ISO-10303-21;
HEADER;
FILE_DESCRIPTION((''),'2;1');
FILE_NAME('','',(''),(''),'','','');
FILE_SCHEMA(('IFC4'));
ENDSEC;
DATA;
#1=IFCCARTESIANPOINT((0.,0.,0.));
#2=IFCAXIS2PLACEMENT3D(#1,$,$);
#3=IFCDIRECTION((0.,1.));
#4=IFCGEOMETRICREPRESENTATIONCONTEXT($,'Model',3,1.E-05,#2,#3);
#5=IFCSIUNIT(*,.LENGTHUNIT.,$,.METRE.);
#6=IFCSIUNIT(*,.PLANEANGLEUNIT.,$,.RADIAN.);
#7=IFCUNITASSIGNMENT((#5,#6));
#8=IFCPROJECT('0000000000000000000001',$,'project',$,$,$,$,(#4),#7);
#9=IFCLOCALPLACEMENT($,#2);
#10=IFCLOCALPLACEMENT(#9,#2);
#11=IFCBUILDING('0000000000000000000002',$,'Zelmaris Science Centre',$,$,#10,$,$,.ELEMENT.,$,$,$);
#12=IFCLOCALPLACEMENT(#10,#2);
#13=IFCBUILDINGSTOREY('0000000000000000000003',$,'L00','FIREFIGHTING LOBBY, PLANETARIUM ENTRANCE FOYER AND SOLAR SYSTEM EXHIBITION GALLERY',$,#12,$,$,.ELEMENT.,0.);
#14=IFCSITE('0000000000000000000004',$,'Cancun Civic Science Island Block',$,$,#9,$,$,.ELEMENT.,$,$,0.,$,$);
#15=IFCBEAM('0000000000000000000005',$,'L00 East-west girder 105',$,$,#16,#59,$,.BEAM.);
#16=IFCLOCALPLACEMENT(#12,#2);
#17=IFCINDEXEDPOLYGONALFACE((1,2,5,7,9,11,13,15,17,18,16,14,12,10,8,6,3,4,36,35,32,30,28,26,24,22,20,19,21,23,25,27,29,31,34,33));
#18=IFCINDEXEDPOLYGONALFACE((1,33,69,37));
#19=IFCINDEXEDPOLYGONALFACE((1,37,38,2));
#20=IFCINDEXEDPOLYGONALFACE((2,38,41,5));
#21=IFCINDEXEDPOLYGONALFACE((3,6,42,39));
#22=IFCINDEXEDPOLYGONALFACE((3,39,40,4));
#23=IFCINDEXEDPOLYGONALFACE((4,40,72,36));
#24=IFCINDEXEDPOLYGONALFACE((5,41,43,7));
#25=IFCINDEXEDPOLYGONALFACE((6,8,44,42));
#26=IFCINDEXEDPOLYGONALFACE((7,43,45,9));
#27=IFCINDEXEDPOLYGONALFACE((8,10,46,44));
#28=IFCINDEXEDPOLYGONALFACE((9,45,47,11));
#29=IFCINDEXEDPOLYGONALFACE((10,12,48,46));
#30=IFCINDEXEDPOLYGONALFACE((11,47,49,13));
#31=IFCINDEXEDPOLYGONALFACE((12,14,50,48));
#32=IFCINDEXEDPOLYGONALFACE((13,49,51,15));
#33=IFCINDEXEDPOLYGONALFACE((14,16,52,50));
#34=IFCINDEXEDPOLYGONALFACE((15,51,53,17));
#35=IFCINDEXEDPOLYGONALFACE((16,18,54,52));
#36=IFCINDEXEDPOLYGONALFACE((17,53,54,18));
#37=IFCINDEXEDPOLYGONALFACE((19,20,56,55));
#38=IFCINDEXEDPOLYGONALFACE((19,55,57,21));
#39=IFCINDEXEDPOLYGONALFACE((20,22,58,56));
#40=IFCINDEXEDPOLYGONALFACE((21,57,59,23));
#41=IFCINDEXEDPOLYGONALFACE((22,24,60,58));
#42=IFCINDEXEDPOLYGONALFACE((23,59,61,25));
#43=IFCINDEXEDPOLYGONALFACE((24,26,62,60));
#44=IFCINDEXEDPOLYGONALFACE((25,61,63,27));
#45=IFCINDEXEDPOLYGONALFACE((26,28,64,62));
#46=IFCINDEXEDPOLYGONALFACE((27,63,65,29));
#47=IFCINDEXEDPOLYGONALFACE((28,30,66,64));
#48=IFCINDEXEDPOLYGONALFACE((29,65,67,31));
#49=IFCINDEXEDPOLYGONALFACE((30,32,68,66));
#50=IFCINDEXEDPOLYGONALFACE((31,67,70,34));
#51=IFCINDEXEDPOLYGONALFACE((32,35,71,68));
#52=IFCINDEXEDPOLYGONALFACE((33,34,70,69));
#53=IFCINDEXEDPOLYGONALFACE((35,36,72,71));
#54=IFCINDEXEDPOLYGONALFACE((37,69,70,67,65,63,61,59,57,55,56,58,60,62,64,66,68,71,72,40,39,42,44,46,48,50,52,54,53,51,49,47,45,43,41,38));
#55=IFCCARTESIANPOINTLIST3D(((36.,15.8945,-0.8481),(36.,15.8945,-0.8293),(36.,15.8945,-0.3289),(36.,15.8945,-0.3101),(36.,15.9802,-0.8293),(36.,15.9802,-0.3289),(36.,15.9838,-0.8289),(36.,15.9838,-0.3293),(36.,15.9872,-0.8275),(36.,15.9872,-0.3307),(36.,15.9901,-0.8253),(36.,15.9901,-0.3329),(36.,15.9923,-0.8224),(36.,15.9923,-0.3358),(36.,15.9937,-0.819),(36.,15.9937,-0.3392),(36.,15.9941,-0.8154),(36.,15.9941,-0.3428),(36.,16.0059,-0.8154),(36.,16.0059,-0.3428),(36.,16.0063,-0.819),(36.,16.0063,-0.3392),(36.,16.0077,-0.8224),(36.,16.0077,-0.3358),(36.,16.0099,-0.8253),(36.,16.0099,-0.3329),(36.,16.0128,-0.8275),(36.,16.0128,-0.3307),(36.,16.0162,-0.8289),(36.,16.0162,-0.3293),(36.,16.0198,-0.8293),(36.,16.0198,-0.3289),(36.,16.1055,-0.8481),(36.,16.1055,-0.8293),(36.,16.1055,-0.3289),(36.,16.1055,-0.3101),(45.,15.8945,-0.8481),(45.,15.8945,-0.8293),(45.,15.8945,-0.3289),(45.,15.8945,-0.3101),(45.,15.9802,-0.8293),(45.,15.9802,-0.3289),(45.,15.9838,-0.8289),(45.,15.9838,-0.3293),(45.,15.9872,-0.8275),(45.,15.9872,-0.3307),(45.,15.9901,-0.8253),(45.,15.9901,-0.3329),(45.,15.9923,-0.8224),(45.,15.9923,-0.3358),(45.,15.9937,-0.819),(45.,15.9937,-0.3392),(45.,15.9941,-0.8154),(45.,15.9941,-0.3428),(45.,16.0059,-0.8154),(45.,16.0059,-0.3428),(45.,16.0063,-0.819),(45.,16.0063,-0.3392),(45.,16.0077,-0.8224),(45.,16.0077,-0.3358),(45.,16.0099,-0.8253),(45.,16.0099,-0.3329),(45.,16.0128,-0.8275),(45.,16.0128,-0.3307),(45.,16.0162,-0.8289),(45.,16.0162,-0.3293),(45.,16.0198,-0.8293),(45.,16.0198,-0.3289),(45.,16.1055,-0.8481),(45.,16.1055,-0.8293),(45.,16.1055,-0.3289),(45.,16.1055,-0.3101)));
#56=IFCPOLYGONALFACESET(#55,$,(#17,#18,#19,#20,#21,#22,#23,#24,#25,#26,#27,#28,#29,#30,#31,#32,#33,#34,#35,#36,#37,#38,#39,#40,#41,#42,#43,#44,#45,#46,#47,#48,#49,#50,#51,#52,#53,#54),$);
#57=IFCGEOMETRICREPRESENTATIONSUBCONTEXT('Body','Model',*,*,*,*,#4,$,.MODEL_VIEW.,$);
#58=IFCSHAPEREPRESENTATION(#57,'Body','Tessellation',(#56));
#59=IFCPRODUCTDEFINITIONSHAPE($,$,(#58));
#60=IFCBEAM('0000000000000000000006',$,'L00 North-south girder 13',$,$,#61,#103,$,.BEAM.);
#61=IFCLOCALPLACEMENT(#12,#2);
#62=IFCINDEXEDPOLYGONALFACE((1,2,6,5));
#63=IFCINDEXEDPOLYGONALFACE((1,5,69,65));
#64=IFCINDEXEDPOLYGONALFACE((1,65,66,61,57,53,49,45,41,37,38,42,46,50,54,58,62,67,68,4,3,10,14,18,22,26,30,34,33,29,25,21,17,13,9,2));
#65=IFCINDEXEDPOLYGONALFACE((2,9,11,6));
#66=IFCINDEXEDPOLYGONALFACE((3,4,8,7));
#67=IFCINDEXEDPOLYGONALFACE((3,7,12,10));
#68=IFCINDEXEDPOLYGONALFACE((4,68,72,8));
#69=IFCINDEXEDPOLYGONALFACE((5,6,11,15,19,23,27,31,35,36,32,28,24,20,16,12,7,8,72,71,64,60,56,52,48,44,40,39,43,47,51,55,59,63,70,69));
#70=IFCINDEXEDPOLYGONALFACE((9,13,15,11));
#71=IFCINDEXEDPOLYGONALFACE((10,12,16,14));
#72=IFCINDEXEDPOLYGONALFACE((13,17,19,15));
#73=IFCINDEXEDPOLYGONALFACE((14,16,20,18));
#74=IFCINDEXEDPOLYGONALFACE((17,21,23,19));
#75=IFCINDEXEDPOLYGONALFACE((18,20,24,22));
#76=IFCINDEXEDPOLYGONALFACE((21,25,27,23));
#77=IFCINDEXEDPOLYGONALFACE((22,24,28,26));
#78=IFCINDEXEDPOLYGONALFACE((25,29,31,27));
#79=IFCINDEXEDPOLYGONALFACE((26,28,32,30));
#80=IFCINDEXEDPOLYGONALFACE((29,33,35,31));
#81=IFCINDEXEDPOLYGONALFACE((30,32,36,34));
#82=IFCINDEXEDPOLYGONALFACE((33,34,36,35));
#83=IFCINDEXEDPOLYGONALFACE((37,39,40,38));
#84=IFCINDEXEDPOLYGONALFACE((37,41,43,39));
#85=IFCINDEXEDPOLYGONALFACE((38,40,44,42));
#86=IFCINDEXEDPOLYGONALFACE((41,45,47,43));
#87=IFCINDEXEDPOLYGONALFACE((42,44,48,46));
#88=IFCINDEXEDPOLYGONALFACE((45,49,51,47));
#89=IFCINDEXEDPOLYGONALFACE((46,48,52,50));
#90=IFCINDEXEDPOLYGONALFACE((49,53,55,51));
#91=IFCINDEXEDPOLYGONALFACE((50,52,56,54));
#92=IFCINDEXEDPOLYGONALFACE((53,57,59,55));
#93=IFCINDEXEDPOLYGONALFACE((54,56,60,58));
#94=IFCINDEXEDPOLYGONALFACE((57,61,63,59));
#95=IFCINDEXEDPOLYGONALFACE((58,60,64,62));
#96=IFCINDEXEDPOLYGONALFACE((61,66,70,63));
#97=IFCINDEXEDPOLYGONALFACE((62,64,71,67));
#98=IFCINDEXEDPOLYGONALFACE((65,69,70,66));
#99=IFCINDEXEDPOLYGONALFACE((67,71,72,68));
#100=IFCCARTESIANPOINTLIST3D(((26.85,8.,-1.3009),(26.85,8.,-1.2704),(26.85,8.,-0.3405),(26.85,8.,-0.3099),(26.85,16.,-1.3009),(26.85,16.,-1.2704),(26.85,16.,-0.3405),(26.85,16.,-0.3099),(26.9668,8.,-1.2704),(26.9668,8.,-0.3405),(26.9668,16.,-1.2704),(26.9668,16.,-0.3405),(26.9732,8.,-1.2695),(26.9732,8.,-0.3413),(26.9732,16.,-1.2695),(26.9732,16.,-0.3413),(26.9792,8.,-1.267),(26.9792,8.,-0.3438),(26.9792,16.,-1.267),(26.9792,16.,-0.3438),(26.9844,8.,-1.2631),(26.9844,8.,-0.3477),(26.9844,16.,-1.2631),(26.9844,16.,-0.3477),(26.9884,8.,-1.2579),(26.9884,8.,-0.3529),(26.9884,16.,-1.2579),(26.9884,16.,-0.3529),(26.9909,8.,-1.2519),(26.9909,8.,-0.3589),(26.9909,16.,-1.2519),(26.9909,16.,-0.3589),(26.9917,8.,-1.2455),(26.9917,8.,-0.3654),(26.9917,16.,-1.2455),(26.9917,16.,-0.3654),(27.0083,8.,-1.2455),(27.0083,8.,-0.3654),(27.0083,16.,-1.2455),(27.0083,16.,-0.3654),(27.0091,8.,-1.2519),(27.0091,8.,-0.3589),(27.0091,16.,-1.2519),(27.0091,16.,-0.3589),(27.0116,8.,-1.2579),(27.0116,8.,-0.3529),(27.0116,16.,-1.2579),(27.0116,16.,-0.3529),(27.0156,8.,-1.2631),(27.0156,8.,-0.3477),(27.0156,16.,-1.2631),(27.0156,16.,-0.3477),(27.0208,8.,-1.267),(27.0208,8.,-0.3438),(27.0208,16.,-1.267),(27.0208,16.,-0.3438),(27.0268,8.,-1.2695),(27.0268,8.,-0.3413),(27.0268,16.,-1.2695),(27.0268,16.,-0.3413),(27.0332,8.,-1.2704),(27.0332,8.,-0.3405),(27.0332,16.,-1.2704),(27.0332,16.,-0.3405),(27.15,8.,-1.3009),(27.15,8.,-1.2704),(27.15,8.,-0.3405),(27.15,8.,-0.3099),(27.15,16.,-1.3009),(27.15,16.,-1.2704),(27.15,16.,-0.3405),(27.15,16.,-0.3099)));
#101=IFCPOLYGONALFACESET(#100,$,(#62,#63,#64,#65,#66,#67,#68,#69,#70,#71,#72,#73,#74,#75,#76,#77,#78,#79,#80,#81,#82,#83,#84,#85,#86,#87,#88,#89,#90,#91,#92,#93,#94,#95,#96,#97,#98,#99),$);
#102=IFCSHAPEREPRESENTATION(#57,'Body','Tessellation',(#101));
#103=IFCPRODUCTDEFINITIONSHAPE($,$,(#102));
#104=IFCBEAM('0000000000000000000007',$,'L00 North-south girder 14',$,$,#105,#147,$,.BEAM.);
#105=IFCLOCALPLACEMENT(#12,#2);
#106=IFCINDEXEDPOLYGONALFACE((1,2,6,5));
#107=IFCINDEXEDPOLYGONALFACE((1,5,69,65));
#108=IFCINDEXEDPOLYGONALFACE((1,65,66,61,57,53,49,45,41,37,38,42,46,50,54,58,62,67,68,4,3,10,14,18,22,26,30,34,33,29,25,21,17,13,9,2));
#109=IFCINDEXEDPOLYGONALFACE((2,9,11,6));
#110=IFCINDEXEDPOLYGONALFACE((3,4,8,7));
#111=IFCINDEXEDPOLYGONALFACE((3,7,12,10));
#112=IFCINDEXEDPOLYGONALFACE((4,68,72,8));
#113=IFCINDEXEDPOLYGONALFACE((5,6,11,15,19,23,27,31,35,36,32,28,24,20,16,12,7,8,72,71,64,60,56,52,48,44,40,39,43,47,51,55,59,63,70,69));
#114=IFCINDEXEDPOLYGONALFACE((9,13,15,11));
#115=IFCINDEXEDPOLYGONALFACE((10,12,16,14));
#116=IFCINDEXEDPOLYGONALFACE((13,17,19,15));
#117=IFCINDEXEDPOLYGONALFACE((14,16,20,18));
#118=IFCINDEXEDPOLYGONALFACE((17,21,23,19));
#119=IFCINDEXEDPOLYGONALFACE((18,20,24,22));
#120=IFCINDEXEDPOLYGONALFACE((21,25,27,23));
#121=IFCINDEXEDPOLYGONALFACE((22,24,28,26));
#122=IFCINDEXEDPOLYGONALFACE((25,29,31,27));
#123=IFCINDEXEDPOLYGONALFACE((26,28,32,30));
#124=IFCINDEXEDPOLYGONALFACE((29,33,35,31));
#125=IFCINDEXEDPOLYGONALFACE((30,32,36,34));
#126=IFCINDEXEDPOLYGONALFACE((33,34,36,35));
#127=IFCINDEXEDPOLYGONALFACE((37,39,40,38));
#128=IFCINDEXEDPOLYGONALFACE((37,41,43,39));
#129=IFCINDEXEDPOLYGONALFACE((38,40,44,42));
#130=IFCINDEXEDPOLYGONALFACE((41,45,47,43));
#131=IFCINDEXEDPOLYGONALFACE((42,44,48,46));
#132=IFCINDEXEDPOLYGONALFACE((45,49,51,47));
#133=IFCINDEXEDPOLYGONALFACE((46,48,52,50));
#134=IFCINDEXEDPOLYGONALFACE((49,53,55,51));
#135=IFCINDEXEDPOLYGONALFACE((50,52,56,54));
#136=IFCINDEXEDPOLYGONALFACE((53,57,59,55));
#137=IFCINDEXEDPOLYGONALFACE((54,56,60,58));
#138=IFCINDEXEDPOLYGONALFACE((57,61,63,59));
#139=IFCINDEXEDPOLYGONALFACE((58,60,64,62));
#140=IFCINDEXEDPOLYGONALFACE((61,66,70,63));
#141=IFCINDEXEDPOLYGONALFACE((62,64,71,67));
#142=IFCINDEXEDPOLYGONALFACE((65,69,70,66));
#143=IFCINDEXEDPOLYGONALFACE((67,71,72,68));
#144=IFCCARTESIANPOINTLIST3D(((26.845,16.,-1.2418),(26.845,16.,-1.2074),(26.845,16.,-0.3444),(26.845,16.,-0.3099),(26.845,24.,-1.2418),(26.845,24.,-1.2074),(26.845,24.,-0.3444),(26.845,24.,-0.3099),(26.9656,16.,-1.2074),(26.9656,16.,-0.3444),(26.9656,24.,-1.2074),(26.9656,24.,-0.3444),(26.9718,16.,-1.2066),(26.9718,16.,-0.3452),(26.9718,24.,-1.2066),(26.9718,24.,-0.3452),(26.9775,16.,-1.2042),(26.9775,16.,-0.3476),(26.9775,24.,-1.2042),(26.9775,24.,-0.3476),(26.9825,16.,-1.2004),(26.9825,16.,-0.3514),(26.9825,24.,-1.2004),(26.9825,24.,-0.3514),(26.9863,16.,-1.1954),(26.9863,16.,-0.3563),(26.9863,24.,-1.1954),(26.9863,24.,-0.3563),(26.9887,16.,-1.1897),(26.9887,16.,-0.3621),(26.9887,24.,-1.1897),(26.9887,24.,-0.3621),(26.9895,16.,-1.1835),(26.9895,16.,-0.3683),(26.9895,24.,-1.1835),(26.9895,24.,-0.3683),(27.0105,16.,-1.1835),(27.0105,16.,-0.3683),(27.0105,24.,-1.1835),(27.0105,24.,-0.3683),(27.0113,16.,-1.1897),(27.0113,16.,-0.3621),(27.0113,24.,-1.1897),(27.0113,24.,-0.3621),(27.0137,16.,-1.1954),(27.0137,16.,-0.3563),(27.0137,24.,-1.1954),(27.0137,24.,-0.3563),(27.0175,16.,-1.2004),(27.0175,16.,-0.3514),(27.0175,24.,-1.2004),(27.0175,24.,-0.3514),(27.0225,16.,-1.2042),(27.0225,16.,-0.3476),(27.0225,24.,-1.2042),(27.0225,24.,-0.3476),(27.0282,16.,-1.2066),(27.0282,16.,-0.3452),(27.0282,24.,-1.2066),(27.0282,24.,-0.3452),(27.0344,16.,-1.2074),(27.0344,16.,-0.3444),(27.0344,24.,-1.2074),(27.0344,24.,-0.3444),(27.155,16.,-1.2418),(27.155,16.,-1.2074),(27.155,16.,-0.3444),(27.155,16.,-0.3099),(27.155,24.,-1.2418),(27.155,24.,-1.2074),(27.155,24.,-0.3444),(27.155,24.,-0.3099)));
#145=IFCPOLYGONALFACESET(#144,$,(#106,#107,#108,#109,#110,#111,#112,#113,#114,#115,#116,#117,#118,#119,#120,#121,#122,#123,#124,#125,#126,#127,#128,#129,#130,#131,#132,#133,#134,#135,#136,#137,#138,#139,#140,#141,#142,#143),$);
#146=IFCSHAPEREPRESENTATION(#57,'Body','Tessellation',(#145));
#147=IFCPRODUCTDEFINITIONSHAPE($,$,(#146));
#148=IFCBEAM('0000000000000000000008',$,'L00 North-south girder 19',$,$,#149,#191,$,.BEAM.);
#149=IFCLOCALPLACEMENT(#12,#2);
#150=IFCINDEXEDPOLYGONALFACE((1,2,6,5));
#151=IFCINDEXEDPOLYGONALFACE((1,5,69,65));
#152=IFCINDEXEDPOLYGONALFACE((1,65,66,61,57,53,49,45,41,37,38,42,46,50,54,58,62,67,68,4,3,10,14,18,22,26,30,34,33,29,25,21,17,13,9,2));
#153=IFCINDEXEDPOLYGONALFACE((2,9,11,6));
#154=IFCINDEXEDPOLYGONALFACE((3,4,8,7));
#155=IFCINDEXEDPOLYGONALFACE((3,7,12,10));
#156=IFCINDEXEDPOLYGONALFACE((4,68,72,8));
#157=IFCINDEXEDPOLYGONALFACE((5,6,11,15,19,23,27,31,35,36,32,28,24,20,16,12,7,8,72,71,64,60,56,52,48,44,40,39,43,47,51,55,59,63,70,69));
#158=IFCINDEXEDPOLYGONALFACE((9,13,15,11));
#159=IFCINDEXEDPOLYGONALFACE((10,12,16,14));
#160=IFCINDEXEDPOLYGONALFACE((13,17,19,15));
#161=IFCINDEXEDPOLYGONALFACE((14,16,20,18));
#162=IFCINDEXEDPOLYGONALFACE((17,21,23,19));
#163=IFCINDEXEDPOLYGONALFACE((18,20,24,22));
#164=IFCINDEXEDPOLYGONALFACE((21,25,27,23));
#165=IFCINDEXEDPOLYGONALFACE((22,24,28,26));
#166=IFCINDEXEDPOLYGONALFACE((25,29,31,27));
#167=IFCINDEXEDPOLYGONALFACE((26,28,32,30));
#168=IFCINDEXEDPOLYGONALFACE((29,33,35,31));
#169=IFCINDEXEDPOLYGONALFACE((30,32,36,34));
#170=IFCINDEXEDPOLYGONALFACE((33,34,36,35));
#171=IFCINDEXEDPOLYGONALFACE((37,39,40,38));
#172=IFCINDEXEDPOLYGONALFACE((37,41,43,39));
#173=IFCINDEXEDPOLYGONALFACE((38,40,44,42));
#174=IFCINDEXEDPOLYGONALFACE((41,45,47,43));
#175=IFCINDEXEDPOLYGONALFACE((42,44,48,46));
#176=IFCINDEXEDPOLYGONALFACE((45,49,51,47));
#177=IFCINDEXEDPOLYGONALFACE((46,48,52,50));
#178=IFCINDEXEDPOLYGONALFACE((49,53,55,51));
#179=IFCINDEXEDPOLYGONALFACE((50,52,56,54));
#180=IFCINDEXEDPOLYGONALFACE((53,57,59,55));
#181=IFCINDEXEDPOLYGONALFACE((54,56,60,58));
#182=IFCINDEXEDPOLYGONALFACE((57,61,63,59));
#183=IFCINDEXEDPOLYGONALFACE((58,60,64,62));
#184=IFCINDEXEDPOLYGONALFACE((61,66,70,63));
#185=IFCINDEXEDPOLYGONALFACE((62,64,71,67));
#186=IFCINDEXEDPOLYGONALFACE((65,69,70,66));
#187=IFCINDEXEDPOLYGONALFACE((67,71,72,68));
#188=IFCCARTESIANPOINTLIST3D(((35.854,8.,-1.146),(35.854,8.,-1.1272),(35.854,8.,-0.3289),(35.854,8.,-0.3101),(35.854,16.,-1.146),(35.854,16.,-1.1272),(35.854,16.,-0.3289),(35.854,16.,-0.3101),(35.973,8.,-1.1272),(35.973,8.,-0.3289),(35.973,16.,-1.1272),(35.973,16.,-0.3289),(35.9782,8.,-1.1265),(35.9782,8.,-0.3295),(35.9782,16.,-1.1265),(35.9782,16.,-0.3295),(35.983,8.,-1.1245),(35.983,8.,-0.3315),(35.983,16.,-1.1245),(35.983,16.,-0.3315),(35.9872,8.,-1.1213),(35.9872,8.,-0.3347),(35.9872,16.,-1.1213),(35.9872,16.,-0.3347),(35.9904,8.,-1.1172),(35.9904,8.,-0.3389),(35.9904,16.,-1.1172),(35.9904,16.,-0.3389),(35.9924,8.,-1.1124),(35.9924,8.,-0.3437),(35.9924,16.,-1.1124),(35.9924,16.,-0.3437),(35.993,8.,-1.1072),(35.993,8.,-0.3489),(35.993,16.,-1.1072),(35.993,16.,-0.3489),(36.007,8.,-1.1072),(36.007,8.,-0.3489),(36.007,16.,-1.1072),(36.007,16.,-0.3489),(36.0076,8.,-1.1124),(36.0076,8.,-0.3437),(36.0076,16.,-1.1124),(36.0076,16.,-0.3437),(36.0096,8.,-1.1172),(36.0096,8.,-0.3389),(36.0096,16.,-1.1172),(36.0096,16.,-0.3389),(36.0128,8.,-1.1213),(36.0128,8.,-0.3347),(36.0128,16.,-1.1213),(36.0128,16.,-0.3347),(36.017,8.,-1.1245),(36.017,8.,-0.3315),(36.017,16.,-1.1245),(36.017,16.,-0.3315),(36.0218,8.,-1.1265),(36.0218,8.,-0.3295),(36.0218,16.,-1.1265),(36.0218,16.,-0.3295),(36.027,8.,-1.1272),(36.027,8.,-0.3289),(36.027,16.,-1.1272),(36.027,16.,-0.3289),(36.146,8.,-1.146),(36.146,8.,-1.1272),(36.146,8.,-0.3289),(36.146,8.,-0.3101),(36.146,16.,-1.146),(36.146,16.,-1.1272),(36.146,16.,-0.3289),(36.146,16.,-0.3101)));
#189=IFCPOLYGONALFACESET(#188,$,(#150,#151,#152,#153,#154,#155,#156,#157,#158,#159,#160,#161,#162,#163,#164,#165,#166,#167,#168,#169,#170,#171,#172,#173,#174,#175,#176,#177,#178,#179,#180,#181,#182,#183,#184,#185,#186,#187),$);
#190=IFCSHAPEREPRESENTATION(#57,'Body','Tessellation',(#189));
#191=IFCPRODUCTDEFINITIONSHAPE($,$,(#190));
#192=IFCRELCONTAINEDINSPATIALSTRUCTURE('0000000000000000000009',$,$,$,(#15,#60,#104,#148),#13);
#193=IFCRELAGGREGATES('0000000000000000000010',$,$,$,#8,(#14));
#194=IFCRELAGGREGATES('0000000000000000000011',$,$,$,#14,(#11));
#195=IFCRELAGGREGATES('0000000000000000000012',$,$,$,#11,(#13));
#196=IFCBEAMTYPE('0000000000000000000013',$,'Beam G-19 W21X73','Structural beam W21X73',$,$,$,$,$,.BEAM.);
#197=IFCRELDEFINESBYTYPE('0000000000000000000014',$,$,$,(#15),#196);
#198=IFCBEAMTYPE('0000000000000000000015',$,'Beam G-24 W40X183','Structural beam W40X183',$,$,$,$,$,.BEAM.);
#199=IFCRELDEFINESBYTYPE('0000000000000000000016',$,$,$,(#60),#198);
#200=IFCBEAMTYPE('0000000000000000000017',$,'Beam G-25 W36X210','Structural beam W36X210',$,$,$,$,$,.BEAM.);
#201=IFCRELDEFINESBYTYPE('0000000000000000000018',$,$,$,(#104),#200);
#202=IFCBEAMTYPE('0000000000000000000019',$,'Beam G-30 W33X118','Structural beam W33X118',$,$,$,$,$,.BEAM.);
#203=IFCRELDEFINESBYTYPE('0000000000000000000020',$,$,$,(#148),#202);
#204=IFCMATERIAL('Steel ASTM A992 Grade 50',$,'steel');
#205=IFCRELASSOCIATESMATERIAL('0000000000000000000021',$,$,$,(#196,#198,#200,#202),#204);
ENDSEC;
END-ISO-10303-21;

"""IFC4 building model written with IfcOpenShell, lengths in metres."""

from ifc_helpers import new_model, si_unit, direction, frame, origin, origin_2d, place, context, subcontext, project, spatial, i_section, extrude, material, material_profile, profile_set, type_object, element, save


model = new_model("IFC4")

# Units and contexts
model_context = context("Model", 3, precision=1e-05, world=origin(), true_north=direction((0.0, 1.0)))
body_context = subcontext(model_context, "Body", "Model", "MODEL_VIEW")
ifc_project = project(units=[si_unit("LENGTHUNIT", "METRE"), si_unit("PLANEANGLEUNIT", "RADIAN")], contexts=[model_context])

# Site, building, storey
site_placement = place(None, origin())
site = spatial("IfcSite", under=ifc_project, at=site_placement, Name="Cancun Civic Science Island Block", CompositionType="ELEMENT", RefElevation=0.0)
building_placement = place(site_placement, origin())
building = spatial("IfcBuilding", under=site, at=building_placement, Name="Zelmaris Science Centre", CompositionType="ELEMENT")
storey_placement = place(building_placement, origin())
storey = spatial("IfcBuildingStorey", under=building, at=storey_placement, Name="L00", Description="FIREFIGHTING LOBBY, PLANETARIUM ENTRANCE FOYER AND SOLAR SYSTEM EXHIBITION GALLERY", CompositionType="ELEMENT", Elevation=0.0)

# Shared definitions
ifc_material_1 = material(Name="Steel ASTM A992 Grade 50", Category="steel")

# Beams
ifc_material_profile_1 = material_profile(ifc_material_1, i_section(OverallWidth=0.2109, OverallDepth=0.5381, WebThickness=0.0117, FlangeThickness=0.0188, FilletRadius=0.0139, at=origin_2d()), Name="W21X73")
ifc_profile_set_1 = profile_set([ifc_material_profile_1], Name="Steel ASTM A992 Grade 50")
beam_type_1 = type_object("IfcBeamType", Name="Beam G-19 W21X73", Description="Structural beam W21X73", PredefinedType="BEAM", material=ifc_profile_set_1)
beam_1_placement = place(storey_placement, frame((36.0, 16.0, -0.5791), z_axis=(1.0, 0.0, 0.0), x_axis=(0.0, 1.0, 0.0)))
element("IfcBeam", 1, at=beam_1_placement, inside=storey, type_object=beam_type_1, Name="L00 East-west girder 105", PredefinedType="BEAM", context=body_context, shape_type="SweptSolid", body=[
    extrude(i_section(OverallWidth=0.2109, OverallDepth=0.5381, WebThickness=0.0117, FlangeThickness=0.0188, FilletRadius=0.0139, at=origin_2d()), origin(), (0.0, 0.0, 1.0), 9.0),
])
ifc_material_profile_2 = material_profile(ifc_material_1, i_section(OverallWidth=0.3, OverallDepth=0.991, WebThickness=0.0166, FlangeThickness=0.0305, FilletRadius=0.0249, at=origin_2d()), Name="W40X183")
ifc_profile_set_2 = profile_set([ifc_material_profile_2], Name="Steel ASTM A992 Grade 50")
beam_type_2 = type_object("IfcBeamType", Name="Beam G-24 W40X183", Description="Structural beam W40X183", PredefinedType="BEAM", material=ifc_profile_set_2)
beam_2_placement = place(storey_placement, frame((27.0, 8.0, -0.8054), z_axis=(0.0, 1.0, 0.0), x_axis=(-1.0, 0.0, 0.0)))
element("IfcBeam", 2, at=beam_2_placement, inside=storey, type_object=beam_type_2, Name="L00 North-south girder 13", PredefinedType="BEAM", context=body_context, shape_type="SweptSolid", body=[
    extrude(i_section(OverallWidth=0.3, OverallDepth=0.991, WebThickness=0.0166, FlangeThickness=0.0305, FilletRadius=0.0249, at=origin_2d()), origin(), (0.0, 0.0, 1.0), 8.0),
])
ifc_material_profile_3 = material_profile(ifc_material_1, i_section(OverallWidth=0.3101, OverallDepth=0.9319, WebThickness=0.021, FlangeThickness=0.0344, FilletRadius=0.0239, at=origin_2d()), Name="W36X210")
ifc_profile_set_3 = profile_set([ifc_material_profile_3], Name="Steel ASTM A992 Grade 50")
beam_type_3 = type_object("IfcBeamType", Name="Beam G-25 W36X210", Description="Structural beam W36X210", PredefinedType="BEAM", material=ifc_profile_set_3)
beam_3_placement = place(storey_placement, frame((27.0, 16.0, -0.7759), z_axis=(0.0, 1.0, 0.0), x_axis=(-1.0, 0.0, 0.0)))
element("IfcBeam", 3, at=beam_3_placement, inside=storey, type_object=beam_type_3, Name="L00 North-south girder 14", PredefinedType="BEAM", context=body_context, shape_type="SweptSolid", body=[
    extrude(i_section(OverallWidth=0.3101, OverallDepth=0.9319, WebThickness=0.021, FlangeThickness=0.0344, FilletRadius=0.0239, at=origin_2d()), origin(), (0.0, 0.0, 1.0), 8.0),
])
ifc_material_profile_4 = material_profile(ifc_material_1, i_section(OverallWidth=0.292, OverallDepth=0.8359, WebThickness=0.0139, FlangeThickness=0.0188, FilletRadius=0.02, at=origin_2d()), Name="W33X118")
ifc_profile_set_4 = profile_set([ifc_material_profile_4], Name="Steel ASTM A992 Grade 50")
beam_type_4 = type_object("IfcBeamType", Name="Beam G-30 W33X118", Description="Structural beam W33X118", PredefinedType="BEAM", material=ifc_profile_set_4)
beam_4_placement = place(storey_placement, frame((36.0, 8.0, -0.728), z_axis=(0.0, 1.0, 0.0), x_axis=(-1.0, 0.0, 0.0)))
element("IfcBeam", 4, at=beam_4_placement, inside=storey, type_object=beam_type_4, Name="L00 North-south girder 19", PredefinedType="BEAM", context=body_context, shape_type="SweptSolid", body=[
    extrude(i_section(OverallWidth=0.292, OverallDepth=0.8359, WebThickness=0.0139, FlangeThickness=0.0188, FilletRadius=0.02, at=origin_2d()), origin(), (0.0, 0.0, 1.0), 8.0),
])

save(model, "model.ifc")
